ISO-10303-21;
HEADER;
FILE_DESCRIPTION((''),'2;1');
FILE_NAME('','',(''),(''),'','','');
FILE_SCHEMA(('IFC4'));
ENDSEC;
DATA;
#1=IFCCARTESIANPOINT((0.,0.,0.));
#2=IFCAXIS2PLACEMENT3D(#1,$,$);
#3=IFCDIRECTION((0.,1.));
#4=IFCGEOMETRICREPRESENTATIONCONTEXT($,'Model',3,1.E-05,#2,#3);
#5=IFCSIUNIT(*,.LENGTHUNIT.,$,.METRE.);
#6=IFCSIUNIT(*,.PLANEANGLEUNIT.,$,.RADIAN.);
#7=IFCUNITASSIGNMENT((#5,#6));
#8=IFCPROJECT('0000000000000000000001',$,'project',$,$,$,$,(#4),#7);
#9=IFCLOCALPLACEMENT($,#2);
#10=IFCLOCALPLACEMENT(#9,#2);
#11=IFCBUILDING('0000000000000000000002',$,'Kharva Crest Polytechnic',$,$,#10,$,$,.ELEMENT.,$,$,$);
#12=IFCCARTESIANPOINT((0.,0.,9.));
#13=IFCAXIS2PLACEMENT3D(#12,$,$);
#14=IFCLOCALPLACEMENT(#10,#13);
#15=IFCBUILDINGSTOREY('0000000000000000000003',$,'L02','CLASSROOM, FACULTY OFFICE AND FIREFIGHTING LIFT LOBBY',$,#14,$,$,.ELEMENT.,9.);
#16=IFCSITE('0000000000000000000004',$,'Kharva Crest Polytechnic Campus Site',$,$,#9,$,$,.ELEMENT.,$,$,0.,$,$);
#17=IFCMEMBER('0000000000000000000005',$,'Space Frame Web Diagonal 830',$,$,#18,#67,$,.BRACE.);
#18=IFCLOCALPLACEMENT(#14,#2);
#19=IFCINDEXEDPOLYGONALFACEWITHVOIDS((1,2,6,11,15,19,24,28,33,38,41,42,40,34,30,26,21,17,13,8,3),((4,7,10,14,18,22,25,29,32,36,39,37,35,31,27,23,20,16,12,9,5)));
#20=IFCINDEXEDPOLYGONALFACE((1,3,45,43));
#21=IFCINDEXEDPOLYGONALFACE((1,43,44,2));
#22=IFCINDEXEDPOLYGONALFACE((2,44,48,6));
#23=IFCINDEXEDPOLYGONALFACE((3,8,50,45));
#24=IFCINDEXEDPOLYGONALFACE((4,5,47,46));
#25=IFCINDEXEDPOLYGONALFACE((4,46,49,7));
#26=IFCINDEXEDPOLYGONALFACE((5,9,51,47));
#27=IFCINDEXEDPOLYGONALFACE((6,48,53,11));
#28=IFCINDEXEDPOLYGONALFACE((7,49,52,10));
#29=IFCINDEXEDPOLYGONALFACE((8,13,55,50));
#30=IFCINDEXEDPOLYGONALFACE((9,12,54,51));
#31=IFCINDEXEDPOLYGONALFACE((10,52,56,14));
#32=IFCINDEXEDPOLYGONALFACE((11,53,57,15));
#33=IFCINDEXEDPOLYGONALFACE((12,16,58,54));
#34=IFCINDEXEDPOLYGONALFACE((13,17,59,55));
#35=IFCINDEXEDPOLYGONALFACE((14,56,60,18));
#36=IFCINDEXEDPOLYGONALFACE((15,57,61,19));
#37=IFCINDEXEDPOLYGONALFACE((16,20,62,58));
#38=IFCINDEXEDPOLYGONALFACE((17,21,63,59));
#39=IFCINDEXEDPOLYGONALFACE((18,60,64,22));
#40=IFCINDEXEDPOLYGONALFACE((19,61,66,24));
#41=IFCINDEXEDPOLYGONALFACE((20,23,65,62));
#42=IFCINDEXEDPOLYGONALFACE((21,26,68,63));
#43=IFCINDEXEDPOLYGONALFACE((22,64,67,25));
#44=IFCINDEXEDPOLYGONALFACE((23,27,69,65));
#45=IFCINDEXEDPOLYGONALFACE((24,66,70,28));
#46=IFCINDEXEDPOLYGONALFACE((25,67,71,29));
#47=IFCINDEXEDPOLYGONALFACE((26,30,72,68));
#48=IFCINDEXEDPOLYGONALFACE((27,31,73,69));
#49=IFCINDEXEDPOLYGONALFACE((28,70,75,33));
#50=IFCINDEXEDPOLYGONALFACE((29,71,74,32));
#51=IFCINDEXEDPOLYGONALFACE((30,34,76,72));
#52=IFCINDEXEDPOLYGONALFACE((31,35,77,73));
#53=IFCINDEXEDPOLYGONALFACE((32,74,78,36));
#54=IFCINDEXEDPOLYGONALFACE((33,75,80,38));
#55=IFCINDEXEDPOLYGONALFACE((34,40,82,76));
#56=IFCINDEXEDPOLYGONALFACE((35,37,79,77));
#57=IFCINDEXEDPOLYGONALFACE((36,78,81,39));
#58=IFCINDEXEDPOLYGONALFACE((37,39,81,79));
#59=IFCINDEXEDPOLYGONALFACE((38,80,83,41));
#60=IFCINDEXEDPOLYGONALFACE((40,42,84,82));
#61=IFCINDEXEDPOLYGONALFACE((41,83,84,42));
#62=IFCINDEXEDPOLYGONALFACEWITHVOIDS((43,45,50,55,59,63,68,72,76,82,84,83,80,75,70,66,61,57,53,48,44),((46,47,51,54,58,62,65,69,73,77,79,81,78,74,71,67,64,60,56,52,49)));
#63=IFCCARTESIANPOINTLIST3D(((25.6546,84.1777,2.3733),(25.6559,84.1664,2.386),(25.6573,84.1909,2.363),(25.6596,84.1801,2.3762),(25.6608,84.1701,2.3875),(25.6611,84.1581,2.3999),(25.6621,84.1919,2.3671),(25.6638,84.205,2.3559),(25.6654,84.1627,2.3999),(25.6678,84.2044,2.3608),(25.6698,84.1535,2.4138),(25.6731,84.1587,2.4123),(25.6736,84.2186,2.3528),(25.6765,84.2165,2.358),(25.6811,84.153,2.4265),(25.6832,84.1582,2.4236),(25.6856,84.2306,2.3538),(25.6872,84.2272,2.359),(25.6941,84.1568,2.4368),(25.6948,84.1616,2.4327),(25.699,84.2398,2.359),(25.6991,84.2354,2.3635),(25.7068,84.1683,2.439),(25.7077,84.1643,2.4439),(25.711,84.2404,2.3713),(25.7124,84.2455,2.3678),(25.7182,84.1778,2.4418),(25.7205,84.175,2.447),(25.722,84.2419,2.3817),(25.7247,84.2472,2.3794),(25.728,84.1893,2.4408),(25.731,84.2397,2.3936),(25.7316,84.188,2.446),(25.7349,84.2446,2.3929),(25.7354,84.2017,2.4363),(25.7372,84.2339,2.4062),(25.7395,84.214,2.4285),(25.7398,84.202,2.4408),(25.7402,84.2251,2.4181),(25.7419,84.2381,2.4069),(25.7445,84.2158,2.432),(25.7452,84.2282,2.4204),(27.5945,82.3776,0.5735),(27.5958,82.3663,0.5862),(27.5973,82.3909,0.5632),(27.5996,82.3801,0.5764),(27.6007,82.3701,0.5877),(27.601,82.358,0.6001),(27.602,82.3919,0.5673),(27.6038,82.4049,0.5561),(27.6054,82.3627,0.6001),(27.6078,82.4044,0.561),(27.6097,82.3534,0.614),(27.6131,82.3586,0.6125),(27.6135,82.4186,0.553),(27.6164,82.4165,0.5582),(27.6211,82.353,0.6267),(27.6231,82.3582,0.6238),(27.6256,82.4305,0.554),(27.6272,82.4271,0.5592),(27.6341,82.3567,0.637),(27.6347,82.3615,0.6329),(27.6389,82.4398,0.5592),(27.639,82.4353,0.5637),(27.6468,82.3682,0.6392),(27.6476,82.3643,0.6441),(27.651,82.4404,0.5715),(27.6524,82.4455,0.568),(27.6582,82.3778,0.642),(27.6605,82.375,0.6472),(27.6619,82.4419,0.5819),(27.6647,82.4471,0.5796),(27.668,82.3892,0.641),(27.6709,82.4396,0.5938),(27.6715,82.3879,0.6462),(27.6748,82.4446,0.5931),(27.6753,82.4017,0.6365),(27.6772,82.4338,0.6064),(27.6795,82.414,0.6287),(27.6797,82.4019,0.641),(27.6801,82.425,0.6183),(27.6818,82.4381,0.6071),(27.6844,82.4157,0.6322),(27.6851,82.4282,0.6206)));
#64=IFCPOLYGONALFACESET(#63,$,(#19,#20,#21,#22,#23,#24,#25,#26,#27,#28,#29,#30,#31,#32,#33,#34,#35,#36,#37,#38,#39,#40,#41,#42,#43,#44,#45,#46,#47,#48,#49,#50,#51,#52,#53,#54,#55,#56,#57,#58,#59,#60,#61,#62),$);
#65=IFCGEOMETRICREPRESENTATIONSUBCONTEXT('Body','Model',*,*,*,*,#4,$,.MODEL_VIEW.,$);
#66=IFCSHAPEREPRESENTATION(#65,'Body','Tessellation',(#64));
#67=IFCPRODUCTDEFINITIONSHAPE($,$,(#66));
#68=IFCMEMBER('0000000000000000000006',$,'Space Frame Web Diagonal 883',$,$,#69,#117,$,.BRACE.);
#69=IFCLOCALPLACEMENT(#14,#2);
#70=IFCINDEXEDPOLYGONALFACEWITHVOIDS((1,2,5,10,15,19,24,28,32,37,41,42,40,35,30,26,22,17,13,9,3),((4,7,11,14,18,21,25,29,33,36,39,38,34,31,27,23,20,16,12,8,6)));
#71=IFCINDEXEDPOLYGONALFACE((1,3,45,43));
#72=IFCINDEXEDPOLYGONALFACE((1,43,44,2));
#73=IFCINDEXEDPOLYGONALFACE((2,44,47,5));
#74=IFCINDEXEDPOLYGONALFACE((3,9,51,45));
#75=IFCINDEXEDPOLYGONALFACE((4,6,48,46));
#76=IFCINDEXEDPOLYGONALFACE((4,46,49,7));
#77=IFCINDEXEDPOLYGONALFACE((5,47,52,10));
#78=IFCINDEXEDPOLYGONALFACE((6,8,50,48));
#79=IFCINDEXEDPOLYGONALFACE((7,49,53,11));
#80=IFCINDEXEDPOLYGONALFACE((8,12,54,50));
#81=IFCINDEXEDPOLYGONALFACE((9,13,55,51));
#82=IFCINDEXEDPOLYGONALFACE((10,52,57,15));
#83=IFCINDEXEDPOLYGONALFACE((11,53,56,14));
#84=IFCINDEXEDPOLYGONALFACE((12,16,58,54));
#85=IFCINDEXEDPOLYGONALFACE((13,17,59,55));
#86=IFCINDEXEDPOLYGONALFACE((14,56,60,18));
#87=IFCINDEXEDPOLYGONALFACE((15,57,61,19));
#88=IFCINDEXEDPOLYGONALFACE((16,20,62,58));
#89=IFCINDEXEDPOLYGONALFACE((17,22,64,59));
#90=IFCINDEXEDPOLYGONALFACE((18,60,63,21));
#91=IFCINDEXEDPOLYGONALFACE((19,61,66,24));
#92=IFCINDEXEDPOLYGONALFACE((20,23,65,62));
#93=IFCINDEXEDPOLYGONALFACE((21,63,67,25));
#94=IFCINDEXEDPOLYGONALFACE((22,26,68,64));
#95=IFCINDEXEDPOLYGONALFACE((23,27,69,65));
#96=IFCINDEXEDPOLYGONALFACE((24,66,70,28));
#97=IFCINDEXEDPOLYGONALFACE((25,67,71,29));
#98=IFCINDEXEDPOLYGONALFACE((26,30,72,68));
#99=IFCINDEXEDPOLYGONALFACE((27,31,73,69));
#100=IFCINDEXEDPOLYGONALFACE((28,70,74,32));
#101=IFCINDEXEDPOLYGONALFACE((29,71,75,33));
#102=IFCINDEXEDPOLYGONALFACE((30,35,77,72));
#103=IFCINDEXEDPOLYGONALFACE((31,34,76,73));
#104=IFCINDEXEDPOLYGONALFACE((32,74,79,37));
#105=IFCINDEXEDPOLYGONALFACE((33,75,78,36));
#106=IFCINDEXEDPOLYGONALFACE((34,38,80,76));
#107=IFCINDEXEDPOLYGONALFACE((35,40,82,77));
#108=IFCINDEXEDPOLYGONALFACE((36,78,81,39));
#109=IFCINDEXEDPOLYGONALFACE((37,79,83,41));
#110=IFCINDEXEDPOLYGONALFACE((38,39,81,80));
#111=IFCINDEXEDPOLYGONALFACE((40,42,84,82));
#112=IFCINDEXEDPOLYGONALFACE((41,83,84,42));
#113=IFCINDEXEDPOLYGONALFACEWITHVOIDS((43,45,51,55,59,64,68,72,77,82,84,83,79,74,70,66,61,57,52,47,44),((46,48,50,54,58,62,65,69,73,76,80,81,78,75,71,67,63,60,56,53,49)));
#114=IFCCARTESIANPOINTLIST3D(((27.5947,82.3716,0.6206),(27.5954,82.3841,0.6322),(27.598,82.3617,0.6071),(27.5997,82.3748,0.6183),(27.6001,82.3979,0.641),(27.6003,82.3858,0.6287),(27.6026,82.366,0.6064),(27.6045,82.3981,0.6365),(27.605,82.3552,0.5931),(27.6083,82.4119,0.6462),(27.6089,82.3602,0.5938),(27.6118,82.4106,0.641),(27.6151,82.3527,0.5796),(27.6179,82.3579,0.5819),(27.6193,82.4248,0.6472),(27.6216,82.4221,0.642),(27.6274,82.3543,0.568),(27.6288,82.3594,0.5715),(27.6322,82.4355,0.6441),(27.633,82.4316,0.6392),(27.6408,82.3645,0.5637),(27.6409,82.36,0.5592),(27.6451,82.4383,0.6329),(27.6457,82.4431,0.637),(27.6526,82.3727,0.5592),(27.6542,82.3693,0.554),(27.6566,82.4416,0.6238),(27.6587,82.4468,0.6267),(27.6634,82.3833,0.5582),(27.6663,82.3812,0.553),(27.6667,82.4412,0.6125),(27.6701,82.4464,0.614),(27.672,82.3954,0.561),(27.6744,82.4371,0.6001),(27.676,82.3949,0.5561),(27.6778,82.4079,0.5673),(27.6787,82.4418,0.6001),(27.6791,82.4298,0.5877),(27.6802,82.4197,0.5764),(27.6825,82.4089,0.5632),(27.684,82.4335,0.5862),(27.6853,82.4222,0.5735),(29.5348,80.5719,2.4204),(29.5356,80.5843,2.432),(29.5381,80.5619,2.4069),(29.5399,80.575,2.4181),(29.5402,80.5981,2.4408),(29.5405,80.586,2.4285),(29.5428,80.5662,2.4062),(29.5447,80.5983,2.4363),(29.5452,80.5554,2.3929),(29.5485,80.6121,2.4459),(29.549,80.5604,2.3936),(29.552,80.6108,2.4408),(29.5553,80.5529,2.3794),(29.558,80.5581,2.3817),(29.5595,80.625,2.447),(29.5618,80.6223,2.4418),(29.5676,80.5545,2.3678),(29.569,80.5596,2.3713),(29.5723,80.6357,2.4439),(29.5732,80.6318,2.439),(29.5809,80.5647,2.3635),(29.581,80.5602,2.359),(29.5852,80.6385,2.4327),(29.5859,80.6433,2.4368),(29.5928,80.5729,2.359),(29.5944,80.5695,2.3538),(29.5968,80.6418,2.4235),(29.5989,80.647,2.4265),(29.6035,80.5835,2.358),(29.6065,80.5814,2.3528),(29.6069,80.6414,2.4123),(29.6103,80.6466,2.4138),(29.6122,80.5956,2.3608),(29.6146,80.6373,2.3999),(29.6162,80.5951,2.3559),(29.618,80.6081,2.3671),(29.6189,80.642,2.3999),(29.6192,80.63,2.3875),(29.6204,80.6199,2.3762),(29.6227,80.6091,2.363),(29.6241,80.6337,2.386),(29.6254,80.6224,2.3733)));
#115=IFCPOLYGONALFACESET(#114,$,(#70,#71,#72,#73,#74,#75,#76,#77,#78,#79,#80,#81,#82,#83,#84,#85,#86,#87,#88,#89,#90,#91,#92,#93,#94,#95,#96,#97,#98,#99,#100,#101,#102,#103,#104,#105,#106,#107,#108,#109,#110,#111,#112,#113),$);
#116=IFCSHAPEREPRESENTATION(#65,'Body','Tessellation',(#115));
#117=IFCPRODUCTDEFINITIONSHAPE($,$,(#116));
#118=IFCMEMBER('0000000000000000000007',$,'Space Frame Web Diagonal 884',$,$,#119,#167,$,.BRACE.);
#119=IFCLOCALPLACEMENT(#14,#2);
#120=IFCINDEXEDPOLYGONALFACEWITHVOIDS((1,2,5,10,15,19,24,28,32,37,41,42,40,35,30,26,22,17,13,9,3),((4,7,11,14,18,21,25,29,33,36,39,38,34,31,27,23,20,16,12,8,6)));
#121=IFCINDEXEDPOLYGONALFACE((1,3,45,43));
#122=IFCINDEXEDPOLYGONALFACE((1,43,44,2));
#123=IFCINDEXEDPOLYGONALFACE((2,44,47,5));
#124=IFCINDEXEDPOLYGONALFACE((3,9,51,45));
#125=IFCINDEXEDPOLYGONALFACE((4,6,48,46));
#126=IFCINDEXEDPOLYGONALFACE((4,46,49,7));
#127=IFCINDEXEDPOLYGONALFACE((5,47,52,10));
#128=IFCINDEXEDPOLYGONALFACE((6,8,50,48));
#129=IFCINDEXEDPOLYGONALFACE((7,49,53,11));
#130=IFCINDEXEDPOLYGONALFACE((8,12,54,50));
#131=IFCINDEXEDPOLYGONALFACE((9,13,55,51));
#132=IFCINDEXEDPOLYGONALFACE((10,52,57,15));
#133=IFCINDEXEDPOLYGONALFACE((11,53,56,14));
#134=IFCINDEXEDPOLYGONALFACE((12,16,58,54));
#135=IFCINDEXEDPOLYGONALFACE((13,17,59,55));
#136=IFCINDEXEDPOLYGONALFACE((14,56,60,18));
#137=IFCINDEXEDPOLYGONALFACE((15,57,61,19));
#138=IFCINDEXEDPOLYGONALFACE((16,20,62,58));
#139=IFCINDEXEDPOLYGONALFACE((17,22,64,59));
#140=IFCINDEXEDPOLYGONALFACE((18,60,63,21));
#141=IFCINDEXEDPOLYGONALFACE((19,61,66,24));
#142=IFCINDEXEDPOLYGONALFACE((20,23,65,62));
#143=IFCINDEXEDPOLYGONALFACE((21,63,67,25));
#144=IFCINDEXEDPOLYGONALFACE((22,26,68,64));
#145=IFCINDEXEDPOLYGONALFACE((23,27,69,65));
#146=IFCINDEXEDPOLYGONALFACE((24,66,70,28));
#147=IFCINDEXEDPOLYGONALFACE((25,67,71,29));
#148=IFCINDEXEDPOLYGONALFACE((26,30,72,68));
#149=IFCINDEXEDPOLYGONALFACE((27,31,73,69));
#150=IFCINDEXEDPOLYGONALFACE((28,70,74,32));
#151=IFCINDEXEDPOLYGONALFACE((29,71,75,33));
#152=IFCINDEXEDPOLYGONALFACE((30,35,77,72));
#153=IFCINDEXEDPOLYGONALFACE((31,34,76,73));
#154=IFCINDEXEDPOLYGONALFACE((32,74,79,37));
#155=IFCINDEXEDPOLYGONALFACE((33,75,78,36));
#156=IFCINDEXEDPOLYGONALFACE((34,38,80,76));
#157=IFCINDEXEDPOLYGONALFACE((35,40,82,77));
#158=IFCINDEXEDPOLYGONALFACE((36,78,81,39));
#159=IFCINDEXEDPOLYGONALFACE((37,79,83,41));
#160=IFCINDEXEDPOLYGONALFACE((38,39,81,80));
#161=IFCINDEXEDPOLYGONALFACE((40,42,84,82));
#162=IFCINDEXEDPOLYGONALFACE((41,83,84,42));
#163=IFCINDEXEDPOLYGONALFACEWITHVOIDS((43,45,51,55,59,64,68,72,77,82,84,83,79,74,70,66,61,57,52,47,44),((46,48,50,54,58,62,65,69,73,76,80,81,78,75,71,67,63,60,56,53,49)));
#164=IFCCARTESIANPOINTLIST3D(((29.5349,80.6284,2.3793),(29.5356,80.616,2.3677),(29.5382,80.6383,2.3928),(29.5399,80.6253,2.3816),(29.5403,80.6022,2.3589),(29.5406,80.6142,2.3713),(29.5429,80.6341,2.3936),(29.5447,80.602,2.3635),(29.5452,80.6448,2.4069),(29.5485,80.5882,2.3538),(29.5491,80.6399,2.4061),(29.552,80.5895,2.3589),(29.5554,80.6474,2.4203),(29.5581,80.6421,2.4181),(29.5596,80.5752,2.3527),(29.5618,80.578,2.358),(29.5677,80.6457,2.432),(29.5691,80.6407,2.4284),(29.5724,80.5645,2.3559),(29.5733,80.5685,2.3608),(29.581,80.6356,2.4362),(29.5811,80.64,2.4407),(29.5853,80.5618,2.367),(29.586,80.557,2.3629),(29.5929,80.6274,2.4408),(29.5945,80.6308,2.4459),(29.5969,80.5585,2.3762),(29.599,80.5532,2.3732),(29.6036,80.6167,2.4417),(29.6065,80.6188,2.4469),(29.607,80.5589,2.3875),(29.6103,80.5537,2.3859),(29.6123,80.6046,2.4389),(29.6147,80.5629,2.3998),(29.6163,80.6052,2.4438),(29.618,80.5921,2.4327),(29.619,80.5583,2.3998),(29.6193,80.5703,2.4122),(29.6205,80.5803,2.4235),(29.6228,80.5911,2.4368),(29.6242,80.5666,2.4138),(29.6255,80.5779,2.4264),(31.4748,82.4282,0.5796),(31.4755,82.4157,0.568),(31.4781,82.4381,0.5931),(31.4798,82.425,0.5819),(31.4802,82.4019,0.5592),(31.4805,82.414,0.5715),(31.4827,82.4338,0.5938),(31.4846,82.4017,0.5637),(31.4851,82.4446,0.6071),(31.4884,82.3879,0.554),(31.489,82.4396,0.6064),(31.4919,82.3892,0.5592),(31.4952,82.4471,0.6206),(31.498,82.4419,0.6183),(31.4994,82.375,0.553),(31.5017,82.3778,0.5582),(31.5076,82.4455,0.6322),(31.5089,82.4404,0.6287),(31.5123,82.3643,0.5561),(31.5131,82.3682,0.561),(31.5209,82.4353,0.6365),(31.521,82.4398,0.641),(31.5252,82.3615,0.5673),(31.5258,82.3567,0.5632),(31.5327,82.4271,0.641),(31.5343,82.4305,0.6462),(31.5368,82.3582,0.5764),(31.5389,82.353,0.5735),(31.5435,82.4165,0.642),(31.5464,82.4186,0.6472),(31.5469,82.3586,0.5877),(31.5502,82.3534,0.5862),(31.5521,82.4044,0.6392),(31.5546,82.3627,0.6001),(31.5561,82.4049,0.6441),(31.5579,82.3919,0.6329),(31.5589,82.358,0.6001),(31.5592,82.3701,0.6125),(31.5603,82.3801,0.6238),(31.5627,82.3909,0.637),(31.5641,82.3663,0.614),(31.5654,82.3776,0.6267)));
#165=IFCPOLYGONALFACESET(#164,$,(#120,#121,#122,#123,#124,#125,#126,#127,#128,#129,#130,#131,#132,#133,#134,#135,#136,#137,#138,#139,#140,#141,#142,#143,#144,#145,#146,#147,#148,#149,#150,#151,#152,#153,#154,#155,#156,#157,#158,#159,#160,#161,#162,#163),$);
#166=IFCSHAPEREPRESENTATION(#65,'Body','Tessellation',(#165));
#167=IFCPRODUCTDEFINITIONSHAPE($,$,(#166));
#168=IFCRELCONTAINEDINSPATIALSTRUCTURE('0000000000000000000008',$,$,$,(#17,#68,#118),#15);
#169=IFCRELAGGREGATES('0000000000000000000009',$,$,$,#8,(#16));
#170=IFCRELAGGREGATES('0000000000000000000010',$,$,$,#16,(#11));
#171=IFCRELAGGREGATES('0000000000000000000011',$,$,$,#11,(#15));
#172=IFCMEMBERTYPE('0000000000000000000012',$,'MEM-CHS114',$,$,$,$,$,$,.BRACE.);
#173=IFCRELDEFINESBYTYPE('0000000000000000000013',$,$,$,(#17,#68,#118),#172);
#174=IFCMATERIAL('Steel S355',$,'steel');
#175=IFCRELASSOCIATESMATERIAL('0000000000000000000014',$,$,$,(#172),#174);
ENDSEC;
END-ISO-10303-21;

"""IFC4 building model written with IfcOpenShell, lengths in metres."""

from ifc_helpers import new_model, si_unit, direction, frame, origin, origin_2d, place, context, subcontext, project, spatial, hollow_circle, extrude, material, material_profile, profile_set, type_object, element, save


model = new_model("IFC4")

# Units and contexts
model_context = context("Model", 3, precision=1e-05, world=origin(), true_north=direction((0.0, 1.0)))
body_context = subcontext(model_context, "Body", "Model", "MODEL_VIEW")
ifc_project = project(units=[si_unit("LENGTHUNIT", "METRE"), si_unit("PLANEANGLEUNIT", "RADIAN")], contexts=[model_context])

# Site, building, storey
site_placement = place(None, origin())
site = spatial("IfcSite", under=ifc_project, at=site_placement, Name="Kharva Crest Polytechnic Campus Site", CompositionType="ELEMENT", RefElevation=0.0)
building_placement = place(site_placement, origin())
building = spatial("IfcBuilding", under=site, at=building_placement, Name="Kharva Crest Polytechnic", CompositionType="ELEMENT")
storey_placement = place(building_placement, frame((0.0, 0.0, 9.0)))
storey = spatial("IfcBuildingStorey", under=building, at=storey_placement, Name="L02", Description="CLASSROOM, FACULTY OFFICE AND FIREFIGHTING LIFT LOBBY", CompositionType="ELEMENT", Elevation=9.0)

# Shared definitions
ifc_material_1 = material(Name="Steel S355", Category="steel")

# Members
ifc_material_profile_1 = material_profile(ifc_material_1, hollow_circle(Radius=0.0571, WallThickness=0.0063, at=origin_2d()), Name="CHS 114.3X6.3")
ifc_profile_set_1 = profile_set([ifc_material_profile_1], Name="Steel S355")
member_type_1 = type_object("IfcMemberType", Name="MEM-CHS114", PredefinedType="BRACE", material=ifc_profile_set_1)
for number, where, z_axis, x_axis, name in (
    (1, (27.6399, 82.3999, 0.6001), (-0.606147, 0.562437, 0.562361), (-0.680182, -0.733043, 0.0), "Space Frame Web Diagonal 830"),
    (2, (27.6399, 82.3999, 0.6001), (0.606222, -0.562359, 0.562359), (0.680087, 0.733132, 0.0), "Space Frame Web Diagonal 883"),
):
    element("IfcMember", number, at=place(storey_placement, frame(where, z_axis=z_axis, x_axis=x_axis)), inside=storey, type_object=member_type_1, Name=name, PredefinedType="BRACE", context=body_context, shape_type="SweptSolid", body=[
        extrude(hollow_circle(Radius=0.0571, WallThickness=0.0063, at=origin_2d()), origin(), (0.0, 0.0, 1.0), 3.2004),
    ])
member_1_placement = place(storey_placement, frame((31.52, 82.3999, 0.6001), z_axis=(-0.606173, -0.562385, 0.562385), x_axis=(0.680133, -0.733089, 0.0)))
element("IfcMember", 3, at=member_1_placement, inside=storey, type_object=member_type_1, Name="Space Frame Web Diagonal 884", PredefinedType="BRACE", context=body_context, shape_type="SweptSolid", body=[
    extrude(hollow_circle(Radius=0.0571, WallThickness=0.0063, at=origin_2d()), origin(), (0.0, 0.0, 1.0), 3.2002),
])

save(model, "model.ifc")
